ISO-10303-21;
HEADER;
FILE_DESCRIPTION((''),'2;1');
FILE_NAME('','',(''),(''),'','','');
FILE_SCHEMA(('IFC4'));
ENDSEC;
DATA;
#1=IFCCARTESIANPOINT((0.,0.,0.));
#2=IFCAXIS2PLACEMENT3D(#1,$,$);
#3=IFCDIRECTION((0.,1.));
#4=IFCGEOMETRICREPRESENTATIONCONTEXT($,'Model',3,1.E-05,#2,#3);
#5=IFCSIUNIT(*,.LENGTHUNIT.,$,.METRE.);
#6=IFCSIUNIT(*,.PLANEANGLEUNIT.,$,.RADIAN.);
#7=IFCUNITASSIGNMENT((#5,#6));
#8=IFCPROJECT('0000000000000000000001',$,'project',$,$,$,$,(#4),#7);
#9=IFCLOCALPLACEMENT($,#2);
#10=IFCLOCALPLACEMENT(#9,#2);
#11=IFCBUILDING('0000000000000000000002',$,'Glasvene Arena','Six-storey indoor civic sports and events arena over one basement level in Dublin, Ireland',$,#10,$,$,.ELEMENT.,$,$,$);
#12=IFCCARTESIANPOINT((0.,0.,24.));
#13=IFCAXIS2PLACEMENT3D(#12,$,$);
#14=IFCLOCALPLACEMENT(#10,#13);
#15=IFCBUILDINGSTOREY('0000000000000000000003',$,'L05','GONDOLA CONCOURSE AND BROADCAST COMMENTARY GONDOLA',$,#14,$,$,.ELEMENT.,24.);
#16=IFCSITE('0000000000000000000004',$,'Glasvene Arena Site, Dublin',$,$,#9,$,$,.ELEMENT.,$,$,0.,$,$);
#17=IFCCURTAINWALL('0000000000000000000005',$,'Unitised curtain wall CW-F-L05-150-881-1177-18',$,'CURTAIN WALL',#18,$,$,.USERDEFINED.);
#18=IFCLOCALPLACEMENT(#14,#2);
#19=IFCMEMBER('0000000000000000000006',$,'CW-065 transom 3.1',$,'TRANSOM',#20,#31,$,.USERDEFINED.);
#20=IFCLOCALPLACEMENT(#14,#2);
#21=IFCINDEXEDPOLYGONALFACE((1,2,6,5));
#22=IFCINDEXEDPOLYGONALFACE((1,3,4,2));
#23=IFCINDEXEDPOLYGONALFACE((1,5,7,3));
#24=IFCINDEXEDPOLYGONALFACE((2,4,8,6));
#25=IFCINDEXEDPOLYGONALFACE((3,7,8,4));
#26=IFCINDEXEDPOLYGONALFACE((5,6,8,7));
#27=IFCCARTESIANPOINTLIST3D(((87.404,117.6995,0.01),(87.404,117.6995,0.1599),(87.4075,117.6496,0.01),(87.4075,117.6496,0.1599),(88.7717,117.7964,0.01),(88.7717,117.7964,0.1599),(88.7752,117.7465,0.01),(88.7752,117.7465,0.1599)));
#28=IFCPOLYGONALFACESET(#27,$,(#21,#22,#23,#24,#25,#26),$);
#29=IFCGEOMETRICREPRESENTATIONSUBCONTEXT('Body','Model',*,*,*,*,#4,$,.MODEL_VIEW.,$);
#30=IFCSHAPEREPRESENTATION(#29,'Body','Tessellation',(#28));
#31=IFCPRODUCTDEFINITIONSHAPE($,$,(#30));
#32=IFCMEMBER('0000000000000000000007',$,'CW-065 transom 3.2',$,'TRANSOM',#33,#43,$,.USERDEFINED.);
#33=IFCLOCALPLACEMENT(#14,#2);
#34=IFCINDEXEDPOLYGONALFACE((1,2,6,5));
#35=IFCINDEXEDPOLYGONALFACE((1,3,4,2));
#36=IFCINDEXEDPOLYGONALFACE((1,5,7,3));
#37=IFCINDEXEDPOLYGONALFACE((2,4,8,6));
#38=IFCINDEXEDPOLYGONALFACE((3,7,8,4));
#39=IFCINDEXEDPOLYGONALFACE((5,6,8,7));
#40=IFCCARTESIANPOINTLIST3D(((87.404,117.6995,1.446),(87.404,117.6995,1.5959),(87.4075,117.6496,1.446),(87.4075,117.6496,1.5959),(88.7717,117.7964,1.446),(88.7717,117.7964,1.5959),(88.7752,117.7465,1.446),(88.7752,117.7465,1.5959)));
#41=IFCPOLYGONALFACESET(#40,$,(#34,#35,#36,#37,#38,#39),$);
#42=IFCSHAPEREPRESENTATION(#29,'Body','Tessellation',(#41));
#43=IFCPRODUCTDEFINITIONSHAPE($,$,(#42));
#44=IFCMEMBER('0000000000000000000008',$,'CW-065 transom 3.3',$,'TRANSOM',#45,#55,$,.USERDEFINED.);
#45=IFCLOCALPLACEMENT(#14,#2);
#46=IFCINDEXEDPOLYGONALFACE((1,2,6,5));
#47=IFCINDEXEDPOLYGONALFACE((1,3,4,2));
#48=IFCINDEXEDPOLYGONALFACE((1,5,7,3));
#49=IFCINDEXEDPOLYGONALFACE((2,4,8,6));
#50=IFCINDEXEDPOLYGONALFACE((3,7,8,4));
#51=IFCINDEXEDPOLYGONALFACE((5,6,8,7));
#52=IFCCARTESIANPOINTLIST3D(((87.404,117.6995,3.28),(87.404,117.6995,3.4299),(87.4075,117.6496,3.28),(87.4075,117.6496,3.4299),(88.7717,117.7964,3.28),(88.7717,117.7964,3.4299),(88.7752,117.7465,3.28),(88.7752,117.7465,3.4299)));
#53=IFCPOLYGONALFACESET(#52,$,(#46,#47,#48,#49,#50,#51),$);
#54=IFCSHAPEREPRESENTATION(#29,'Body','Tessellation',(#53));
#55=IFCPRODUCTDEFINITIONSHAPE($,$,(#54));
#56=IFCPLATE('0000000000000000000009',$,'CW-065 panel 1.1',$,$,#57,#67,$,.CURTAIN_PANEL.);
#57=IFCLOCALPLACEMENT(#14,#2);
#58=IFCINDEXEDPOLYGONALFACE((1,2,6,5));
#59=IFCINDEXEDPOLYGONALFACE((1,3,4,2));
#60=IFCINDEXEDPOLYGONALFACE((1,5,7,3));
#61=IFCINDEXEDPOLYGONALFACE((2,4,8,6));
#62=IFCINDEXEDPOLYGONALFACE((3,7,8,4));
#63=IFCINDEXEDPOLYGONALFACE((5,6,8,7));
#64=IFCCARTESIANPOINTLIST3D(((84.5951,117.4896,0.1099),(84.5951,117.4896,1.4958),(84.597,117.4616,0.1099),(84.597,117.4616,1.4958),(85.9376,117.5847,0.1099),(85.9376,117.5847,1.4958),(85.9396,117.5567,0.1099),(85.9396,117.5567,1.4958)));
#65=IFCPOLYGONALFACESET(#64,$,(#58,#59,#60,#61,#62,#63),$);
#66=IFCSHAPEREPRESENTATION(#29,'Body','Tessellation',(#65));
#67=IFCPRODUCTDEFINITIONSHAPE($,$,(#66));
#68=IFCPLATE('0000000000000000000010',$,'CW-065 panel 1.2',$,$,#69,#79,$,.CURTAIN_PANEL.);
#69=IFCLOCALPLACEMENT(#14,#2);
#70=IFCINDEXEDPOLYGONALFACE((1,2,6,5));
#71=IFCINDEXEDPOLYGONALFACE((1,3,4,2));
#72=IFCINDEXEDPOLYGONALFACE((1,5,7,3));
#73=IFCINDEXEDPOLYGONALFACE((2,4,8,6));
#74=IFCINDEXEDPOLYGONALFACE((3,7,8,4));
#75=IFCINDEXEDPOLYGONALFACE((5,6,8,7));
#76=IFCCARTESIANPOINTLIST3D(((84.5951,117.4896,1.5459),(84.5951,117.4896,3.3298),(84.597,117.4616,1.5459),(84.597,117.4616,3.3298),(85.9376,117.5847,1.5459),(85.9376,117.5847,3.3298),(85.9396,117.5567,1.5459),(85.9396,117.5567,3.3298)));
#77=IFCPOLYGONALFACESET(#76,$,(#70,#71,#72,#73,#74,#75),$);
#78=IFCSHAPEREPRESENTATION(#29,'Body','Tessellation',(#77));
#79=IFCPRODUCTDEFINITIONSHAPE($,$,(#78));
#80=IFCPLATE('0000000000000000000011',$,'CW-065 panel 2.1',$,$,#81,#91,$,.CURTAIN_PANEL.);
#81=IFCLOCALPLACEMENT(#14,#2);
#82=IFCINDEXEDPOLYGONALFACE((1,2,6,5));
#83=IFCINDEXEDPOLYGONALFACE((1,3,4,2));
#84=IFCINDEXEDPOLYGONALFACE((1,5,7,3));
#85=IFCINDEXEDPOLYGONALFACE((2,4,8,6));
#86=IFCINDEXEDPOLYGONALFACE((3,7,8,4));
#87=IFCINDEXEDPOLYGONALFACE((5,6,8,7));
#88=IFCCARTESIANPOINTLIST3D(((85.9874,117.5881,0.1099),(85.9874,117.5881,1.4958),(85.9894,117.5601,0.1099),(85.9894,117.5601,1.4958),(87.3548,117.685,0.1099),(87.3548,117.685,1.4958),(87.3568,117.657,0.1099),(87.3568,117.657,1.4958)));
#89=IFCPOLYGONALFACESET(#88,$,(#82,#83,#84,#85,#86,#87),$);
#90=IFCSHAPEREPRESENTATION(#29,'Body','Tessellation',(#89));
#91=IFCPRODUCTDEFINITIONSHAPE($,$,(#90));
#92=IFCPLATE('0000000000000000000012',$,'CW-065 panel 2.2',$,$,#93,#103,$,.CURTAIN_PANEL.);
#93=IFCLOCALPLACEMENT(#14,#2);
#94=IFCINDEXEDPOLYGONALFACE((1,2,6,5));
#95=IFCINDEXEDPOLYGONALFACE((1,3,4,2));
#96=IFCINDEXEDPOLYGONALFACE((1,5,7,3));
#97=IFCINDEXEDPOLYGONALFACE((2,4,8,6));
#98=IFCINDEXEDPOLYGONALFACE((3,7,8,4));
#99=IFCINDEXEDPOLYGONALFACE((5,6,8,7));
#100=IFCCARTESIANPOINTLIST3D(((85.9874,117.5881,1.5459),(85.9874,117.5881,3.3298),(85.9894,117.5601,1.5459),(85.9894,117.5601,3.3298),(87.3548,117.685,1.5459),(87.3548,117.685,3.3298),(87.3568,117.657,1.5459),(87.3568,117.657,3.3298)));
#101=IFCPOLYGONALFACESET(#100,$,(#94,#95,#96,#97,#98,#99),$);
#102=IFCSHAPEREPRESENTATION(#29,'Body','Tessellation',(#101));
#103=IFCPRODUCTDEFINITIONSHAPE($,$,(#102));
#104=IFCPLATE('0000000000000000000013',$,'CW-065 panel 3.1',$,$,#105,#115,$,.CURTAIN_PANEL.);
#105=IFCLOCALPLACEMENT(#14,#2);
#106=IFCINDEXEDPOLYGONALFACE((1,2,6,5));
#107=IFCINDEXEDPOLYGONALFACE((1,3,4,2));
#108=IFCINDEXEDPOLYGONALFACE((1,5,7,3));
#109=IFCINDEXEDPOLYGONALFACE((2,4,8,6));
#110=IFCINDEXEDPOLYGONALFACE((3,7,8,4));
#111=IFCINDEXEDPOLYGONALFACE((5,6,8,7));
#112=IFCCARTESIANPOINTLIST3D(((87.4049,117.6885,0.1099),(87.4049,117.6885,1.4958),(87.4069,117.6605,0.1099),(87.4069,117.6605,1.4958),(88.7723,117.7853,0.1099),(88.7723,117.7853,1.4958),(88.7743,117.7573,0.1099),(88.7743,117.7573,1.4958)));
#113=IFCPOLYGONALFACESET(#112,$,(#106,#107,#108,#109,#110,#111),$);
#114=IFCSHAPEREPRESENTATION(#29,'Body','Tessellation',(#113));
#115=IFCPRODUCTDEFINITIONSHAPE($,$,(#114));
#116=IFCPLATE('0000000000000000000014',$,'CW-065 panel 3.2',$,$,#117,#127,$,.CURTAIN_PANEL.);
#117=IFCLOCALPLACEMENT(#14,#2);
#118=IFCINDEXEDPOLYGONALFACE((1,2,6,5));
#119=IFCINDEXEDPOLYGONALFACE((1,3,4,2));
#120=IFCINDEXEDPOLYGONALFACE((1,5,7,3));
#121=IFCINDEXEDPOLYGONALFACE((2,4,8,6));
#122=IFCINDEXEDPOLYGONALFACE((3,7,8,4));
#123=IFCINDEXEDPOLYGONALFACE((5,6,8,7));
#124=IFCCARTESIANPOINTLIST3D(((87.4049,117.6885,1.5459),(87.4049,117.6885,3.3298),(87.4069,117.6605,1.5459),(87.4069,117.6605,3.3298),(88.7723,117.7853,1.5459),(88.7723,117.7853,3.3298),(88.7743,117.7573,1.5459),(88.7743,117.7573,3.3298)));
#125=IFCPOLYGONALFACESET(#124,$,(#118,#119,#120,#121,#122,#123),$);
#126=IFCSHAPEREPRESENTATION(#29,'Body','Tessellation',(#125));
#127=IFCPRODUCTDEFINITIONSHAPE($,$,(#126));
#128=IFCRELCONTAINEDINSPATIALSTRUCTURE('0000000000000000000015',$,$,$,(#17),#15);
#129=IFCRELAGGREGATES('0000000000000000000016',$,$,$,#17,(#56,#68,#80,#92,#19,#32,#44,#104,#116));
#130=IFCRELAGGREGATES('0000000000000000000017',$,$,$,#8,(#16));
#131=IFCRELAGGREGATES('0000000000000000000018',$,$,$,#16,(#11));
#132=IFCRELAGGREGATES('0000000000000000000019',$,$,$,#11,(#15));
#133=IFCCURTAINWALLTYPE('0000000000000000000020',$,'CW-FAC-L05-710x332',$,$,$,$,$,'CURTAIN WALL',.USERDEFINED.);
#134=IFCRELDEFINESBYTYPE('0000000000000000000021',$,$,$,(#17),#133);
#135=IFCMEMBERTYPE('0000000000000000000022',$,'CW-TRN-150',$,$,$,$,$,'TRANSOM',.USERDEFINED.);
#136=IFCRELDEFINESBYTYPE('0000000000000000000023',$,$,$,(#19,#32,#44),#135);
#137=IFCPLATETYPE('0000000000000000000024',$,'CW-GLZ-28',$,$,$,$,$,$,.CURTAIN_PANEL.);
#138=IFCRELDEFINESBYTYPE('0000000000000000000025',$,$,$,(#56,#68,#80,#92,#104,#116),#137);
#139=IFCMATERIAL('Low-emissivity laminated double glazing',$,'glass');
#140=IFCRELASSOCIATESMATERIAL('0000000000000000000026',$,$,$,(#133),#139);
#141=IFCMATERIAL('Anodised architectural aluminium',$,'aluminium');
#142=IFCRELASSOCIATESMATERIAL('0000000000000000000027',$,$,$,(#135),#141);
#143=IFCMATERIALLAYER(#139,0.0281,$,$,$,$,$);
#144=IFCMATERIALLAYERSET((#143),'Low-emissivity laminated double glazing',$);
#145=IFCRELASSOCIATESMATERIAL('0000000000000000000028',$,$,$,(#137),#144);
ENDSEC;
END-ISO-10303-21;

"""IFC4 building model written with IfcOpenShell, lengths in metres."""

from ifc_helpers import new_model, si_unit, direction, frame, origin, origin_2d, place, context, subcontext, project, spatial, rectangle, extrude, material, layer, layer_set, material_profile, profile_set, type_object, element, aggregate, save


model = new_model("IFC4")

# Units and contexts
model_context = context("Model", 3, precision=1e-05, world=origin(), true_north=direction((0.0, 1.0)))
body_context = subcontext(model_context, "Body", "Model", "MODEL_VIEW")
ifc_project = project(units=[si_unit("LENGTHUNIT", "METRE"), si_unit("PLANEANGLEUNIT", "RADIAN")], contexts=[model_context])

# Site, building, storey
site_placement = place(None, origin())
site = spatial("IfcSite", under=ifc_project, at=site_placement, Name="Glasvene Arena Site, Dublin", CompositionType="ELEMENT", RefElevation=0.0)
building_placement = place(site_placement, origin())
building = spatial("IfcBuilding", under=site, at=building_placement, Name="Glasvene Arena", Description="Six-storey indoor civic sports and events arena over one basement level in Dublin, Ireland", CompositionType="ELEMENT")
storey_placement = place(building_placement, frame((0.0, 0.0, 24.0)))
storey = spatial("IfcBuildingStorey", under=building, at=storey_placement, Name="L05", Description="GONDOLA CONCOURSE AND BROADCAST COMMENTARY GONDOLA", CompositionType="ELEMENT", Elevation=24.0)

# Shared definitions
ifc_material_1 = material(Name="Low-emissivity laminated double glazing", Category="glass")
ifc_material_2 = material(Name="Anodised architectural aluminium", Category="aluminium")

# Curtain wall, members, plates
curtain_wall_type_1 = type_object("IfcCurtainWallType", Name="CW-FAC-L05-710x332", ElementType="CURTAIN WALL", PredefinedType="USERDEFINED", material=ifc_material_1)
curtain_wall_1_placement = place(storey_placement, frame((84.5461, 117.4719, 0.0)))
curtain_wall_1 = element("IfcCurtainWall", 1, at=curtain_wall_1_placement, inside=storey, type_object=curtain_wall_type_1, Name="Unitised curtain wall CW-F-L05-150-881-1177-18", ObjectType="CURTAIN WALL", PredefinedType="USERDEFINED")
ifc_material_profile_1 = material_profile(ifc_material_2, rectangle(XDim=0.05, YDim=0.1499, at=origin_2d()), Name="ALU TRANSOM 50x150")
ifc_profile_set_1 = profile_set([ifc_material_profile_1], Name="Anodised architectural aluminium")
member_type_1 = type_object("IfcMemberType", Name="CW-TRN-150", ElementType="TRANSOM", PredefinedType="USERDEFINED", material=ifc_profile_set_1)
member_1_placement = place(storey_placement, frame((87.4058, 117.6746, 0.085), z_axis=(0.997498, 0.07069, 0.0), x_axis=(-0.07069, 0.997498, 0.0)))
member_1 = element("IfcMember", 2, at=member_1_placement, type_object=member_type_1, Name="CW-065 transom 3.1", ObjectType="TRANSOM", PredefinedType="USERDEFINED", context=body_context, shape_type="SweptSolid", body=[
    extrude(rectangle(XDim=0.05, YDim=0.1499, at=origin_2d()), origin(), (0.0, 0.0, 1.0), 1.3711),
])
member_2_placement = place(storey_placement, frame((87.4058, 117.6746, 1.521), z_axis=(0.997498, 0.07069, 0.0), x_axis=(-0.07069, 0.997498, 0.0)))
member_2 = element("IfcMember", 3, at=member_2_placement, type_object=member_type_1, Name="CW-065 transom 3.2", ObjectType="TRANSOM", PredefinedType="USERDEFINED", context=body_context, shape_type="SweptSolid", body=[
    extrude(rectangle(XDim=0.05, YDim=0.1499, at=origin_2d()), origin(), (0.0, 0.0, 1.0), 1.3711),
])
member_3_placement = place(storey_placement, frame((87.4058, 117.6746, 3.355), z_axis=(0.997498, 0.07069, 0.0), x_axis=(-0.07069, 0.997498, 0.0)))
member_3 = element("IfcMember", 4, at=member_3_placement, type_object=member_type_1, Name="CW-065 transom 3.3", ObjectType="TRANSOM", PredefinedType="USERDEFINED", context=body_context, shape_type="SweptSolid", body=[
    extrude(rectangle(XDim=0.05, YDim=0.1499, at=origin_2d()), origin(), (0.0, 0.0, 1.0), 1.3711),
])
ifc_layer = layer(ifc_material_1, 0.0281)
ifc_layer_set = layer_set([ifc_layer], Name="Low-emissivity laminated double glazing")
plate_type = type_object("IfcPlateType", Name="CW-GLZ-28", PredefinedType="CURTAIN_PANEL", material=ifc_layer_set)
plate_1_placement = place(storey_placement, frame((85.2673, 117.5232, 0.1099), z_axis=(0.0, 0.0, 1.0), x_axis=(0.997501, 0.070657, 0.0)))
plate_1 = element("IfcPlate", 5, at=plate_1_placement, type_object=plate_type, Name="CW-065 panel 1.1", PredefinedType="CURTAIN_PANEL", context=body_context, shape_type="SweptSolid", body=[
    extrude(rectangle(XDim=1.3459, YDim=0.0281, at=origin_2d()), origin(), (0.0, 0.0, 1.0), 1.386),
])
plate_2_placement = place(storey_placement, frame((85.2673, 117.5232, 1.5459), z_axis=(0.0, 0.0, 1.0), x_axis=(0.997501, 0.070657, 0.0)))
plate_2 = element("IfcPlate", 6, at=plate_2_placement, type_object=plate_type, Name="CW-065 panel 1.2", PredefinedType="CURTAIN_PANEL", context=body_context, shape_type="SweptSolid", body=[
    extrude(rectangle(XDim=1.3459, YDim=0.0281, at=origin_2d()), origin(), (0.0, 0.0, 1.0), 1.7839),
])
plate_3_placement = place(storey_placement, frame((86.6721, 117.6226, 0.1099), z_axis=(0.0, 0.0, 1.0), x_axis=(0.997501, 0.070657, 0.0)))
plate_3 = element("IfcPlate", 7, at=plate_3_placement, type_object=plate_type, Name="CW-065 panel 2.1", PredefinedType="CURTAIN_PANEL", context=body_context, shape_type="SweptSolid", body=[
    extrude(rectangle(XDim=1.3708, YDim=0.0281, at=origin_2d()), origin(), (0.0, 0.0, 1.0), 1.386),
])
plate_4_placement = place(storey_placement, frame((86.6721, 117.6226, 1.5459), z_axis=(0.0, 0.0, 1.0), x_axis=(0.997501, 0.070657, 0.0)))
plate_4 = element("IfcPlate", 8, at=plate_4_placement, type_object=plate_type, Name="CW-065 panel 2.2", PredefinedType="CURTAIN_PANEL", context=body_context, shape_type="SweptSolid", body=[
    extrude(rectangle(XDim=1.3708, YDim=0.0281, at=origin_2d()), origin(), (0.0, 0.0, 1.0), 1.7839),
])
plate_5_placement = place(storey_placement, frame((88.0896, 117.7229, 0.1099), z_axis=(0.0, 0.0, 1.0), x_axis=(0.997501, 0.070657, 0.0)))
plate_5 = element("IfcPlate", 9, at=plate_5_placement, type_object=plate_type, Name="CW-065 panel 3.1", PredefinedType="CURTAIN_PANEL", context=body_context, shape_type="SweptSolid", body=[
    extrude(rectangle(XDim=1.3708, YDim=0.0281, at=origin_2d()), origin(), (0.0, 0.0, 1.0), 1.386),
])
plate_6_placement = place(storey_placement, frame((88.0896, 117.7229, 1.5459), z_axis=(0.0, 0.0, 1.0), x_axis=(0.997501, 0.070657, 0.0)))
plate_6 = element("IfcPlate", 10, at=plate_6_placement, type_object=plate_type, Name="CW-065 panel 3.2", PredefinedType="CURTAIN_PANEL", context=body_context, shape_type="SweptSolid", body=[
    extrude(rectangle(XDim=1.3708, YDim=0.0281, at=origin_2d()), origin(), (0.0, 0.0, 1.0), 1.7839),
])
aggregate(curtain_wall_1, [plate_1, plate_2, plate_3, plate_4, member_1, member_2, member_3, plate_5, plate_6])

save(model, "model.ifc")
